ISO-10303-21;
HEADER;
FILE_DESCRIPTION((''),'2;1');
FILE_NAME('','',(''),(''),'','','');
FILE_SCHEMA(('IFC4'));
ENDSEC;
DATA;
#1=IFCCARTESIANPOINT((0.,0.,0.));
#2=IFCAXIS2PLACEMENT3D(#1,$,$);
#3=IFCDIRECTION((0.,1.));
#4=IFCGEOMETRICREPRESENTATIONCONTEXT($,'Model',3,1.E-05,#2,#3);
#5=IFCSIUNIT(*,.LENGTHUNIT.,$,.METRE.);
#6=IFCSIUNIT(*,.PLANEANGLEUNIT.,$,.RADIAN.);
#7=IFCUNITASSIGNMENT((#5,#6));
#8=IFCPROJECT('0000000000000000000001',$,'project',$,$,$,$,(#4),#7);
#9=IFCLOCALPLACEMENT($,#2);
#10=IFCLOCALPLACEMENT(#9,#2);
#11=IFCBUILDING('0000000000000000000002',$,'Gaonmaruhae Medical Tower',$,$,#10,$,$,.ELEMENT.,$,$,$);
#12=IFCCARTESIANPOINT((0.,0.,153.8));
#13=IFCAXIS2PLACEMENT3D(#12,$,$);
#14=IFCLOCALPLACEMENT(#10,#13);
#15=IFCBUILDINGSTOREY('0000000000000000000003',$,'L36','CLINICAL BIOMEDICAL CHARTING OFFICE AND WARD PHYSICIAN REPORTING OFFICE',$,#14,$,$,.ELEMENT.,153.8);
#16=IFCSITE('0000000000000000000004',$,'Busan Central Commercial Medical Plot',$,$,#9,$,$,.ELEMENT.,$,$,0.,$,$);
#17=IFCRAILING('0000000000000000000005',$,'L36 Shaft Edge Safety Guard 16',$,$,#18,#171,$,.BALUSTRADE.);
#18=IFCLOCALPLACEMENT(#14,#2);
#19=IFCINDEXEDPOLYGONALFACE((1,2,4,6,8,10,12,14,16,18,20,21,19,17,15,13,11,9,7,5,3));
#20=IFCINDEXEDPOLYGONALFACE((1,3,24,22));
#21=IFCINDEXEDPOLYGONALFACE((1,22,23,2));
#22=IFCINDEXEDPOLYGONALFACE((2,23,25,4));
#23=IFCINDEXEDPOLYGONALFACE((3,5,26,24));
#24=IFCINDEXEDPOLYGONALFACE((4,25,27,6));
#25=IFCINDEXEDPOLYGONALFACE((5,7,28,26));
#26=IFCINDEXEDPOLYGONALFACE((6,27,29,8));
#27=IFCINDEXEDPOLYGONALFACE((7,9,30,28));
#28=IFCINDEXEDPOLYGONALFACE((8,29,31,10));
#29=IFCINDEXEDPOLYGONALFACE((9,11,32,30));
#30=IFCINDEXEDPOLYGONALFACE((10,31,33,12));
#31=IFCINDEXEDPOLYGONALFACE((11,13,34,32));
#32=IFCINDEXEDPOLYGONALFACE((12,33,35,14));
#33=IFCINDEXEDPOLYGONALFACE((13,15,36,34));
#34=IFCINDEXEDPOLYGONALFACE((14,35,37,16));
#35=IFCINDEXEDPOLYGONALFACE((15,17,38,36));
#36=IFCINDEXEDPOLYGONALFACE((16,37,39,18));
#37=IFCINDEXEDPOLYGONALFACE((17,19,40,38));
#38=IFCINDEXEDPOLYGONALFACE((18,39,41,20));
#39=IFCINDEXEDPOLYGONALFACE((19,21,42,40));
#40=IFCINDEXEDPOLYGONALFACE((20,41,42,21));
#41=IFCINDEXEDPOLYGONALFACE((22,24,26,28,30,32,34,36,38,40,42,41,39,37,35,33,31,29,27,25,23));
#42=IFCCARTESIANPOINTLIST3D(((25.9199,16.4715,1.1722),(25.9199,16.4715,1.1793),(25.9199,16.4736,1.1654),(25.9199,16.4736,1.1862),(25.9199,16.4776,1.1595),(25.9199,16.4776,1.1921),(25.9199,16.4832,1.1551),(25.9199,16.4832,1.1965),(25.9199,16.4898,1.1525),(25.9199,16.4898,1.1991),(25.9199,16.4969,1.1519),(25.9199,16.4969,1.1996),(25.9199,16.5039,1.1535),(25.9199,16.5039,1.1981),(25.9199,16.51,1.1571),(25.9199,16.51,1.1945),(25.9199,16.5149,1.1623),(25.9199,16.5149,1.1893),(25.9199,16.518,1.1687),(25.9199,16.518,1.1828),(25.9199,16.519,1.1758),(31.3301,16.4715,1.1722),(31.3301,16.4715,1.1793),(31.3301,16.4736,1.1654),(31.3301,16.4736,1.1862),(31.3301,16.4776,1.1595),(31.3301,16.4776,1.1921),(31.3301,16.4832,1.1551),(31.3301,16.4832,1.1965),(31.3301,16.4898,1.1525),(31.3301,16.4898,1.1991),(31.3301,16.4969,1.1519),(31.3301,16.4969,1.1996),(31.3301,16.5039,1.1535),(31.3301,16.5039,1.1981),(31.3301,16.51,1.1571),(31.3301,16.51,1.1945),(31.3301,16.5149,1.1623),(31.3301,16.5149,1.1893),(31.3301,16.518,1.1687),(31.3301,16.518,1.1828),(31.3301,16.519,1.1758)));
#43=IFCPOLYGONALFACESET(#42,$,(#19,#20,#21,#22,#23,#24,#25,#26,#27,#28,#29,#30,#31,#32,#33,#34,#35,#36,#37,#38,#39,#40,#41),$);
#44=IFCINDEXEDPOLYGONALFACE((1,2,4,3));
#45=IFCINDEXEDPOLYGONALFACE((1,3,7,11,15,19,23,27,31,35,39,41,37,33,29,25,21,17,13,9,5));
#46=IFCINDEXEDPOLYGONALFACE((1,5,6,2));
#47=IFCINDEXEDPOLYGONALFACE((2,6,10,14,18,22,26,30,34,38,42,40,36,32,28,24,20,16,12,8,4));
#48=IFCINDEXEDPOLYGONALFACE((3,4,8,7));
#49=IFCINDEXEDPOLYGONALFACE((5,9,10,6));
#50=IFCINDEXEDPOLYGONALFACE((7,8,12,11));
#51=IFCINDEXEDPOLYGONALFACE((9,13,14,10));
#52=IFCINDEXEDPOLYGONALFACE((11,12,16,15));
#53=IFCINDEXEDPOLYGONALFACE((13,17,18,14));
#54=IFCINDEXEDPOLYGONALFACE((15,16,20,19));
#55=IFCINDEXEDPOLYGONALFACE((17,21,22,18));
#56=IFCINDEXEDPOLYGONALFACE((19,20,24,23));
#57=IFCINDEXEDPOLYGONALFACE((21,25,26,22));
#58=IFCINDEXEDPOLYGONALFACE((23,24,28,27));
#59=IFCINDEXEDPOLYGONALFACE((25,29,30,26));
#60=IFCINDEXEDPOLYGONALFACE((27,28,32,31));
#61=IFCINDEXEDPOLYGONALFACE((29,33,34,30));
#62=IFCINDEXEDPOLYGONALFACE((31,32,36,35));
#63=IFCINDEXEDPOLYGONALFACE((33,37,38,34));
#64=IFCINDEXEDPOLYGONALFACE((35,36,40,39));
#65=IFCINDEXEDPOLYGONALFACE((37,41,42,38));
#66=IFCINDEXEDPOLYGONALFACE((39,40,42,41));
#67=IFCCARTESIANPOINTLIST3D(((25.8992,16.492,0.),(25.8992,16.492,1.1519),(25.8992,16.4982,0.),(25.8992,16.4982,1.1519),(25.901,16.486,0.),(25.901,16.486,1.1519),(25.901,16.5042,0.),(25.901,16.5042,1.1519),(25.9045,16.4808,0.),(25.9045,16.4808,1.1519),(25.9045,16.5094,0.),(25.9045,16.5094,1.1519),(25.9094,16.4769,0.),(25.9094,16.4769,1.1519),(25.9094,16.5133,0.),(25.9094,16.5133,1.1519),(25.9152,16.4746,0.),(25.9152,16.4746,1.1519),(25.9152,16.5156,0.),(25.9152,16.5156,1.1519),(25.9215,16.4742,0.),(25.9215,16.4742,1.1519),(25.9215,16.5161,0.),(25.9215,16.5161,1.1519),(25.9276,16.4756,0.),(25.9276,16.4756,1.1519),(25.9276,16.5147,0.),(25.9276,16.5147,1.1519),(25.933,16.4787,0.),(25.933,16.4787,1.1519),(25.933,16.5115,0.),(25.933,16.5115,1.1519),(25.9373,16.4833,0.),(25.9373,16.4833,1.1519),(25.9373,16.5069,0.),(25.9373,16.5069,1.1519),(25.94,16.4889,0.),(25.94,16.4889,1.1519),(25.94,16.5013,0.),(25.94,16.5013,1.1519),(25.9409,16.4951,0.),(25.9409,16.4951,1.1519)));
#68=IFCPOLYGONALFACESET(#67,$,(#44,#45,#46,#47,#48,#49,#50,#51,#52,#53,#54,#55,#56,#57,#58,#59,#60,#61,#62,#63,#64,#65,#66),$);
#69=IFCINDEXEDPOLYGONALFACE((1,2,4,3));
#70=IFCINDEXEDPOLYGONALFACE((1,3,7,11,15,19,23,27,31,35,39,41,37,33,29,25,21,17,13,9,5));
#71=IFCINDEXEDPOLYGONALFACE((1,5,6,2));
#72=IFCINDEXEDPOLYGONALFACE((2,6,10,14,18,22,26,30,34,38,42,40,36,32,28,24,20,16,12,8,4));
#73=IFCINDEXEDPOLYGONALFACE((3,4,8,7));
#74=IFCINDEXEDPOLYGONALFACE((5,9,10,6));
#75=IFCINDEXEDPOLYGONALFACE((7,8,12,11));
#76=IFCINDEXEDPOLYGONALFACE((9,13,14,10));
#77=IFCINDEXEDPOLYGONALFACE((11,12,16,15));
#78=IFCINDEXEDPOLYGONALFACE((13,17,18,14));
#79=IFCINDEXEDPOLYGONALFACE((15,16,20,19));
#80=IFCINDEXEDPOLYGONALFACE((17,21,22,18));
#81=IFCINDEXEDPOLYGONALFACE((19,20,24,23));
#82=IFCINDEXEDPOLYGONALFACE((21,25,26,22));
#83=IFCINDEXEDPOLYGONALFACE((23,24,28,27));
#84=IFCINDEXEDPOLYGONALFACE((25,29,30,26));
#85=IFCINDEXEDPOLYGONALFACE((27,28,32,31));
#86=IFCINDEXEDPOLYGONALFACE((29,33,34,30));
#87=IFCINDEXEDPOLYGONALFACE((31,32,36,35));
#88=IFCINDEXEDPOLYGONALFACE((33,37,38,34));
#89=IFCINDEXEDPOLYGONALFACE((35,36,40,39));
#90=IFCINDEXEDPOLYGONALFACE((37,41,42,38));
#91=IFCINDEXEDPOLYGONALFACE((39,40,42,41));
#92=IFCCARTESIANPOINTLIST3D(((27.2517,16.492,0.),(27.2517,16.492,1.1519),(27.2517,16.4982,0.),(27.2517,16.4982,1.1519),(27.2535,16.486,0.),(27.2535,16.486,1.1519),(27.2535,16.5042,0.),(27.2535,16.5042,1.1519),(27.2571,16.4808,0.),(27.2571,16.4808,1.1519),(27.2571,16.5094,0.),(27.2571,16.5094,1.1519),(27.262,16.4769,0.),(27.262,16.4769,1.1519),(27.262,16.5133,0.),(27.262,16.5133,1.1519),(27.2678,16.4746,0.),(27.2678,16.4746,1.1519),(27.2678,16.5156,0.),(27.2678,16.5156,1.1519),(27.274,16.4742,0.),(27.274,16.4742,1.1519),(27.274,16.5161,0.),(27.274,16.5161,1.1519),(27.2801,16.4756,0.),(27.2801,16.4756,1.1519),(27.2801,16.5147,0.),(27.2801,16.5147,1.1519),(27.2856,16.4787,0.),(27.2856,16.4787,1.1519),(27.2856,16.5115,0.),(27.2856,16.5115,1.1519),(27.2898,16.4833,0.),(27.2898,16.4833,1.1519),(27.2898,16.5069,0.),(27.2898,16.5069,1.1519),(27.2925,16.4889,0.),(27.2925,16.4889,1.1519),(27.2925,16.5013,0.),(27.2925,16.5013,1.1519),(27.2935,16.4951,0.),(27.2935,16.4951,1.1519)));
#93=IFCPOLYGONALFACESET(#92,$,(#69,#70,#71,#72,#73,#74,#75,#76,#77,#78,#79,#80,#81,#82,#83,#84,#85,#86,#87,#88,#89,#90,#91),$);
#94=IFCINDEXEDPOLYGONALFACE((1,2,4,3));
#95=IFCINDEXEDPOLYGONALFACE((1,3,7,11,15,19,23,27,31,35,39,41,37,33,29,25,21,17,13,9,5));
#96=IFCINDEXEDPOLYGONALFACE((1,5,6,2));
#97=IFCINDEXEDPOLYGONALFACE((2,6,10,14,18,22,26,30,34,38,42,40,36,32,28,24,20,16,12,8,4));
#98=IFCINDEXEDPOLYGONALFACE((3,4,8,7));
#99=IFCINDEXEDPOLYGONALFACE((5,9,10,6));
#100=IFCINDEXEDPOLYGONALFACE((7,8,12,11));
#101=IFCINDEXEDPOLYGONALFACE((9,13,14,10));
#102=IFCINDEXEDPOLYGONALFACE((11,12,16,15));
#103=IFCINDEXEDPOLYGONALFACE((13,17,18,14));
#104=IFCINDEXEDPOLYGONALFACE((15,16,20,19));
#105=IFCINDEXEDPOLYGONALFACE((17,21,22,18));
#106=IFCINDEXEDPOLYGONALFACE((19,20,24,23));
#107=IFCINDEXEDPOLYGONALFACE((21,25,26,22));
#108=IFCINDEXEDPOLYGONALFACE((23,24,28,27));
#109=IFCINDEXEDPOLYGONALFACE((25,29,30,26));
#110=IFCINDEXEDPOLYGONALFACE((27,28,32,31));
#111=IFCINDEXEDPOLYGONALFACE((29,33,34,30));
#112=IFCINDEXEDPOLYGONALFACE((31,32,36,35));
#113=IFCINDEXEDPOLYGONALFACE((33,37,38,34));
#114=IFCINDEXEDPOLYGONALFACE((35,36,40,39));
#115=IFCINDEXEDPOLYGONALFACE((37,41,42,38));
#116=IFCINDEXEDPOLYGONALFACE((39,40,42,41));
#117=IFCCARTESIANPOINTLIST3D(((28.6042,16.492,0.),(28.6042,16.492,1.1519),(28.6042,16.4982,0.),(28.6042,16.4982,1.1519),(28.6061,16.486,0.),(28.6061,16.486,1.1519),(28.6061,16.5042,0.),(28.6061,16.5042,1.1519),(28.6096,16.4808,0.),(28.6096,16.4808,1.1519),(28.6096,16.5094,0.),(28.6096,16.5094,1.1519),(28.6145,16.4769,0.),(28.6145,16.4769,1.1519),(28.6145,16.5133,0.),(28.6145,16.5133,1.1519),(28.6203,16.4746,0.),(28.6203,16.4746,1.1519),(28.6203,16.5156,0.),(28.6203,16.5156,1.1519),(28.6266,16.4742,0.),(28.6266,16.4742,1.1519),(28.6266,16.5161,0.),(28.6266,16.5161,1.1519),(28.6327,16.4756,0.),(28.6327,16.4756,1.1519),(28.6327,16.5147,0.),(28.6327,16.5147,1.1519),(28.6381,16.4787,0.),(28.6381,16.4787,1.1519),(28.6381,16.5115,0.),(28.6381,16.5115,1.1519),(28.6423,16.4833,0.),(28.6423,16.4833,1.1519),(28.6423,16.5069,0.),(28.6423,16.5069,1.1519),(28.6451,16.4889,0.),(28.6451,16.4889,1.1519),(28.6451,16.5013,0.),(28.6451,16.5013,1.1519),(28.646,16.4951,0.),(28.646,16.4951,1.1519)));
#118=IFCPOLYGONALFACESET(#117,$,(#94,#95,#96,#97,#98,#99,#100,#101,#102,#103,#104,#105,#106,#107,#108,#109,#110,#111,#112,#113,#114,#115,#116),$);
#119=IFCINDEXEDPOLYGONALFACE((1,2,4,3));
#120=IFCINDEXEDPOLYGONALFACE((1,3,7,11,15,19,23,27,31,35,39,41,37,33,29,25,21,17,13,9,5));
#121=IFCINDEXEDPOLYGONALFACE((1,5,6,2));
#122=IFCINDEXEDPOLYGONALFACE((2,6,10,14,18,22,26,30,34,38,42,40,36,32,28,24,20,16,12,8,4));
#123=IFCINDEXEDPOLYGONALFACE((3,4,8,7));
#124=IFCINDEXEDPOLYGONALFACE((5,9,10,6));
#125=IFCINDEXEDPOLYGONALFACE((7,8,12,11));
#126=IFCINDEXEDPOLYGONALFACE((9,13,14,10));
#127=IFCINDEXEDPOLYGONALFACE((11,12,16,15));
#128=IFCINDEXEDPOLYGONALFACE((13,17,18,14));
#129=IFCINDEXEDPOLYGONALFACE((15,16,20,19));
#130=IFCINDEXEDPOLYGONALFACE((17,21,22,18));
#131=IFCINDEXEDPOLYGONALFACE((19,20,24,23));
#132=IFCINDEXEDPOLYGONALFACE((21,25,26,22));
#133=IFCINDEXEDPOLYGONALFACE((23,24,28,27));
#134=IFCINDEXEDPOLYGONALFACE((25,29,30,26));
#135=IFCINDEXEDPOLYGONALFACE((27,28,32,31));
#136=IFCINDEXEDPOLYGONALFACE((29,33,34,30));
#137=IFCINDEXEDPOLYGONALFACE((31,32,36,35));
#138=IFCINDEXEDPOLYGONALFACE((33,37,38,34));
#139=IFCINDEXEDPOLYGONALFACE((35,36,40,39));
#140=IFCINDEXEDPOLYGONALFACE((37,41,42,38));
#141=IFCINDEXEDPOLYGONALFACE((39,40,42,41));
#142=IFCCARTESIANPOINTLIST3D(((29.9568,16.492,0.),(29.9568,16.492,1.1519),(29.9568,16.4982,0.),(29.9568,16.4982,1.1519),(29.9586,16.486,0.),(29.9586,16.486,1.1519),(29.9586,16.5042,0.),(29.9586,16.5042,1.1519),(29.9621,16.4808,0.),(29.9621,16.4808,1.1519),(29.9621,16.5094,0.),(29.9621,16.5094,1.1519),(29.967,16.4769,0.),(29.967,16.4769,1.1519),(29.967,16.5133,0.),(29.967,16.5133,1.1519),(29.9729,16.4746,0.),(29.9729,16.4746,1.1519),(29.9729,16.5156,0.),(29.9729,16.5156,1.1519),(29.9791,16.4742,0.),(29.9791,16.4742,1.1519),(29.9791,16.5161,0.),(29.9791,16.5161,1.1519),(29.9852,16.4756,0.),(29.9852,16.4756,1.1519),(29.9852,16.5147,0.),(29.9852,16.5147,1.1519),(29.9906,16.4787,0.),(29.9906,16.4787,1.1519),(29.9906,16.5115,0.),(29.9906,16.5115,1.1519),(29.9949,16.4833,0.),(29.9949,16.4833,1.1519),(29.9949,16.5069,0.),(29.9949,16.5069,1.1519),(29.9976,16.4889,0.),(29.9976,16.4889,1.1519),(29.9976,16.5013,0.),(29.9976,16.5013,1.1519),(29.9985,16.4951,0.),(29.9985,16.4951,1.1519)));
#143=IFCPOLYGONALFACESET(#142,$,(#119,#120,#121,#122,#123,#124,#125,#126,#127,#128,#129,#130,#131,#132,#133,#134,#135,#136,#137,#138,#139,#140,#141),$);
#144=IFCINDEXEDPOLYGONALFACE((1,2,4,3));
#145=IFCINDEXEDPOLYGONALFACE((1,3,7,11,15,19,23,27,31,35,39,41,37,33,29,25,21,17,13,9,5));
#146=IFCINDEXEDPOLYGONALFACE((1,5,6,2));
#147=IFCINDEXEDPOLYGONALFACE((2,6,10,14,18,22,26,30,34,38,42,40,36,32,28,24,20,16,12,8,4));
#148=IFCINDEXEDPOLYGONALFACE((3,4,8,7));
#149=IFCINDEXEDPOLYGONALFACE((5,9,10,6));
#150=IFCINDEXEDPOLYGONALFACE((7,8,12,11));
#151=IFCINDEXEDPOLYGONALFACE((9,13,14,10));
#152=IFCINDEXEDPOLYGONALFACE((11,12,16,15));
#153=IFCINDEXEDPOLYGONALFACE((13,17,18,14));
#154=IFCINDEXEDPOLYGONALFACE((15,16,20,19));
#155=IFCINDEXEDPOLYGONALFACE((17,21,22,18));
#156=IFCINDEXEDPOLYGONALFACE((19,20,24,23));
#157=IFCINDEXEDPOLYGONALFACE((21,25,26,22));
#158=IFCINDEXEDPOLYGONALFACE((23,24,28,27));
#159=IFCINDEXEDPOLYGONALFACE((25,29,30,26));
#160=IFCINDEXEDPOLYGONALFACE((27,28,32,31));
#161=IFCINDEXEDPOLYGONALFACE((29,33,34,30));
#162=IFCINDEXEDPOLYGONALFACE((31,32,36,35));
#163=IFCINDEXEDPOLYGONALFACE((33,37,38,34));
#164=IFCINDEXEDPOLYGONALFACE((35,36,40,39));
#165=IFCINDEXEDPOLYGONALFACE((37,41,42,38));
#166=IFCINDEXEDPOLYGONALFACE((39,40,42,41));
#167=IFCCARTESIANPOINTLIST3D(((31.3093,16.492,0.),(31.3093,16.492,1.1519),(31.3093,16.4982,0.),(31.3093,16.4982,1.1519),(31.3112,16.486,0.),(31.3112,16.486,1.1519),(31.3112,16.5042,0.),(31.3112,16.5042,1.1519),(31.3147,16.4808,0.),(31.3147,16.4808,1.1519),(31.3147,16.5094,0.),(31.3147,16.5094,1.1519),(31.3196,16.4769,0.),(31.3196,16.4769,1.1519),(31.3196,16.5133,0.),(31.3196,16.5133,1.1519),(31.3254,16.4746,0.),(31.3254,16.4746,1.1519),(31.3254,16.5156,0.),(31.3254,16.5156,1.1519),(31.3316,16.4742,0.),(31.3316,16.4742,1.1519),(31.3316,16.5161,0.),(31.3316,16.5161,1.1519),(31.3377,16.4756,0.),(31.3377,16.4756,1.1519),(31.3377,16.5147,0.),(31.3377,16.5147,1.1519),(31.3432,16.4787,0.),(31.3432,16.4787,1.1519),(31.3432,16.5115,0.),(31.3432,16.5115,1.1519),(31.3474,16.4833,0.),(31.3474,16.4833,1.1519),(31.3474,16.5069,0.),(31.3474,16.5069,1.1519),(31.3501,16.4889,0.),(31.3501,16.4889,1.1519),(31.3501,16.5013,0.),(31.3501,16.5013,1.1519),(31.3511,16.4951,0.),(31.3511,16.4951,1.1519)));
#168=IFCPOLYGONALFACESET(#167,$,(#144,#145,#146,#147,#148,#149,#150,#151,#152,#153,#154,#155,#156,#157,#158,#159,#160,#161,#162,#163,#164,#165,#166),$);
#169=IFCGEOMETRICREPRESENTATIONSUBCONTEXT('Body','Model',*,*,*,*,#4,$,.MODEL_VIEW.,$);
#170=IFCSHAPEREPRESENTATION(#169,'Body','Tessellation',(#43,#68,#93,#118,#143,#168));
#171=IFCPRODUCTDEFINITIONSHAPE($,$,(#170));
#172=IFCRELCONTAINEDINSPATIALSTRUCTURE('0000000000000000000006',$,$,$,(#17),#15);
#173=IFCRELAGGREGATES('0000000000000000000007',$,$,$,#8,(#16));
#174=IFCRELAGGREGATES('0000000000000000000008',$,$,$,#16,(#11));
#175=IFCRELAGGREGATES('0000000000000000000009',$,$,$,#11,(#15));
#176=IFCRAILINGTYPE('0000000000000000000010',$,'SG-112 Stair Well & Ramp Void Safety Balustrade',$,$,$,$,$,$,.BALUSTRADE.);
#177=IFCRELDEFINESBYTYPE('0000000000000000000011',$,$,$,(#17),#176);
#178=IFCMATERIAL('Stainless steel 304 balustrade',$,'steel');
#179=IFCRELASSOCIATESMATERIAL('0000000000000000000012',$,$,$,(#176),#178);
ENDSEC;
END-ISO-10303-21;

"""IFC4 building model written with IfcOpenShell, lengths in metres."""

from ifc_helpers import new_model, si_unit, direction, frame, origin, origin_2d, place, context, subcontext, project, spatial, circle, extrude, material, type_object, element, save


model = new_model("IFC4")

# Units and contexts
model_context = context("Model", 3, precision=1e-05, world=origin(), true_north=direction((0.0, 1.0)))
body_context = subcontext(model_context, "Body", "Model", "MODEL_VIEW")
ifc_project = project(units=[si_unit("LENGTHUNIT", "METRE"), si_unit("PLANEANGLEUNIT", "RADIAN")], contexts=[model_context])

# Site, building, storey
site_placement = place(None, origin())
site = spatial("IfcSite", under=ifc_project, at=site_placement, Name="Busan Central Commercial Medical Plot", CompositionType="ELEMENT", RefElevation=0.0)
building_placement = place(site_placement, origin())
building = spatial("IfcBuilding", under=site, at=building_placement, Name="Gaonmaruhae Medical Tower", CompositionType="ELEMENT")
storey_placement = place(building_placement, frame((0.0, 0.0, 153.8)))
storey = spatial("IfcBuildingStorey", under=building, at=storey_placement, Name="L36", Description="CLINICAL BIOMEDICAL CHARTING OFFICE AND WARD PHYSICIAN REPORTING OFFICE", CompositionType="ELEMENT", Elevation=153.8)

# Railing
ifc_material_1 = material(Name="Stainless steel 304 balustrade", Category="steel")
railing_type = type_object("IfcRailingType", Name="SG-112 Stair Well & Ramp Void Safety Balustrade", PredefinedType="BALUSTRADE", material=ifc_material_1)
railing_1_placement = place(storey_placement, frame((25.9199, 16.4951, 0.0)))
element("IfcRailing", 1, at=railing_1_placement, inside=storey, type_object=railing_type, Name="L36 Shaft Edge Safety Guard 16", PredefinedType="BALUSTRADE", context=body_context, shape_type="SweptSolid", body=[
    extrude(circle(Radius=0.0239, at=origin_2d()), frame((0.0, 0.0, 1.1758), z_axis=(1.0, 0.0, 0.0), x_axis=(0.0, 1.0, 0.0)), (0.0, 0.0, 1.0), 5.4102),
    extrude(circle(Radius=0.021, at=origin_2d()), origin(), (0.0, 0.0, 1.0), 1.1519),
    extrude(circle(Radius=0.021, at=origin_2d()), frame((1.3525, 0.0, 0.0)), (0.0, 0.0, 1.0), 1.1519),
    extrude(circle(Radius=0.021, at=origin_2d()), frame((2.7051, 0.0, 0.0)), (0.0, 0.0, 1.0), 1.1519),
    extrude(circle(Radius=0.021, at=origin_2d()), frame((4.0576, 0.0, 0.0)), (0.0, 0.0, 1.0), 1.1519),
    extrude(circle(Radius=0.021, at=origin_2d()), frame((5.4102, 0.0, 0.0)), (0.0, 0.0, 1.0), 1.1519),
])

save(model, "model.ifc")
